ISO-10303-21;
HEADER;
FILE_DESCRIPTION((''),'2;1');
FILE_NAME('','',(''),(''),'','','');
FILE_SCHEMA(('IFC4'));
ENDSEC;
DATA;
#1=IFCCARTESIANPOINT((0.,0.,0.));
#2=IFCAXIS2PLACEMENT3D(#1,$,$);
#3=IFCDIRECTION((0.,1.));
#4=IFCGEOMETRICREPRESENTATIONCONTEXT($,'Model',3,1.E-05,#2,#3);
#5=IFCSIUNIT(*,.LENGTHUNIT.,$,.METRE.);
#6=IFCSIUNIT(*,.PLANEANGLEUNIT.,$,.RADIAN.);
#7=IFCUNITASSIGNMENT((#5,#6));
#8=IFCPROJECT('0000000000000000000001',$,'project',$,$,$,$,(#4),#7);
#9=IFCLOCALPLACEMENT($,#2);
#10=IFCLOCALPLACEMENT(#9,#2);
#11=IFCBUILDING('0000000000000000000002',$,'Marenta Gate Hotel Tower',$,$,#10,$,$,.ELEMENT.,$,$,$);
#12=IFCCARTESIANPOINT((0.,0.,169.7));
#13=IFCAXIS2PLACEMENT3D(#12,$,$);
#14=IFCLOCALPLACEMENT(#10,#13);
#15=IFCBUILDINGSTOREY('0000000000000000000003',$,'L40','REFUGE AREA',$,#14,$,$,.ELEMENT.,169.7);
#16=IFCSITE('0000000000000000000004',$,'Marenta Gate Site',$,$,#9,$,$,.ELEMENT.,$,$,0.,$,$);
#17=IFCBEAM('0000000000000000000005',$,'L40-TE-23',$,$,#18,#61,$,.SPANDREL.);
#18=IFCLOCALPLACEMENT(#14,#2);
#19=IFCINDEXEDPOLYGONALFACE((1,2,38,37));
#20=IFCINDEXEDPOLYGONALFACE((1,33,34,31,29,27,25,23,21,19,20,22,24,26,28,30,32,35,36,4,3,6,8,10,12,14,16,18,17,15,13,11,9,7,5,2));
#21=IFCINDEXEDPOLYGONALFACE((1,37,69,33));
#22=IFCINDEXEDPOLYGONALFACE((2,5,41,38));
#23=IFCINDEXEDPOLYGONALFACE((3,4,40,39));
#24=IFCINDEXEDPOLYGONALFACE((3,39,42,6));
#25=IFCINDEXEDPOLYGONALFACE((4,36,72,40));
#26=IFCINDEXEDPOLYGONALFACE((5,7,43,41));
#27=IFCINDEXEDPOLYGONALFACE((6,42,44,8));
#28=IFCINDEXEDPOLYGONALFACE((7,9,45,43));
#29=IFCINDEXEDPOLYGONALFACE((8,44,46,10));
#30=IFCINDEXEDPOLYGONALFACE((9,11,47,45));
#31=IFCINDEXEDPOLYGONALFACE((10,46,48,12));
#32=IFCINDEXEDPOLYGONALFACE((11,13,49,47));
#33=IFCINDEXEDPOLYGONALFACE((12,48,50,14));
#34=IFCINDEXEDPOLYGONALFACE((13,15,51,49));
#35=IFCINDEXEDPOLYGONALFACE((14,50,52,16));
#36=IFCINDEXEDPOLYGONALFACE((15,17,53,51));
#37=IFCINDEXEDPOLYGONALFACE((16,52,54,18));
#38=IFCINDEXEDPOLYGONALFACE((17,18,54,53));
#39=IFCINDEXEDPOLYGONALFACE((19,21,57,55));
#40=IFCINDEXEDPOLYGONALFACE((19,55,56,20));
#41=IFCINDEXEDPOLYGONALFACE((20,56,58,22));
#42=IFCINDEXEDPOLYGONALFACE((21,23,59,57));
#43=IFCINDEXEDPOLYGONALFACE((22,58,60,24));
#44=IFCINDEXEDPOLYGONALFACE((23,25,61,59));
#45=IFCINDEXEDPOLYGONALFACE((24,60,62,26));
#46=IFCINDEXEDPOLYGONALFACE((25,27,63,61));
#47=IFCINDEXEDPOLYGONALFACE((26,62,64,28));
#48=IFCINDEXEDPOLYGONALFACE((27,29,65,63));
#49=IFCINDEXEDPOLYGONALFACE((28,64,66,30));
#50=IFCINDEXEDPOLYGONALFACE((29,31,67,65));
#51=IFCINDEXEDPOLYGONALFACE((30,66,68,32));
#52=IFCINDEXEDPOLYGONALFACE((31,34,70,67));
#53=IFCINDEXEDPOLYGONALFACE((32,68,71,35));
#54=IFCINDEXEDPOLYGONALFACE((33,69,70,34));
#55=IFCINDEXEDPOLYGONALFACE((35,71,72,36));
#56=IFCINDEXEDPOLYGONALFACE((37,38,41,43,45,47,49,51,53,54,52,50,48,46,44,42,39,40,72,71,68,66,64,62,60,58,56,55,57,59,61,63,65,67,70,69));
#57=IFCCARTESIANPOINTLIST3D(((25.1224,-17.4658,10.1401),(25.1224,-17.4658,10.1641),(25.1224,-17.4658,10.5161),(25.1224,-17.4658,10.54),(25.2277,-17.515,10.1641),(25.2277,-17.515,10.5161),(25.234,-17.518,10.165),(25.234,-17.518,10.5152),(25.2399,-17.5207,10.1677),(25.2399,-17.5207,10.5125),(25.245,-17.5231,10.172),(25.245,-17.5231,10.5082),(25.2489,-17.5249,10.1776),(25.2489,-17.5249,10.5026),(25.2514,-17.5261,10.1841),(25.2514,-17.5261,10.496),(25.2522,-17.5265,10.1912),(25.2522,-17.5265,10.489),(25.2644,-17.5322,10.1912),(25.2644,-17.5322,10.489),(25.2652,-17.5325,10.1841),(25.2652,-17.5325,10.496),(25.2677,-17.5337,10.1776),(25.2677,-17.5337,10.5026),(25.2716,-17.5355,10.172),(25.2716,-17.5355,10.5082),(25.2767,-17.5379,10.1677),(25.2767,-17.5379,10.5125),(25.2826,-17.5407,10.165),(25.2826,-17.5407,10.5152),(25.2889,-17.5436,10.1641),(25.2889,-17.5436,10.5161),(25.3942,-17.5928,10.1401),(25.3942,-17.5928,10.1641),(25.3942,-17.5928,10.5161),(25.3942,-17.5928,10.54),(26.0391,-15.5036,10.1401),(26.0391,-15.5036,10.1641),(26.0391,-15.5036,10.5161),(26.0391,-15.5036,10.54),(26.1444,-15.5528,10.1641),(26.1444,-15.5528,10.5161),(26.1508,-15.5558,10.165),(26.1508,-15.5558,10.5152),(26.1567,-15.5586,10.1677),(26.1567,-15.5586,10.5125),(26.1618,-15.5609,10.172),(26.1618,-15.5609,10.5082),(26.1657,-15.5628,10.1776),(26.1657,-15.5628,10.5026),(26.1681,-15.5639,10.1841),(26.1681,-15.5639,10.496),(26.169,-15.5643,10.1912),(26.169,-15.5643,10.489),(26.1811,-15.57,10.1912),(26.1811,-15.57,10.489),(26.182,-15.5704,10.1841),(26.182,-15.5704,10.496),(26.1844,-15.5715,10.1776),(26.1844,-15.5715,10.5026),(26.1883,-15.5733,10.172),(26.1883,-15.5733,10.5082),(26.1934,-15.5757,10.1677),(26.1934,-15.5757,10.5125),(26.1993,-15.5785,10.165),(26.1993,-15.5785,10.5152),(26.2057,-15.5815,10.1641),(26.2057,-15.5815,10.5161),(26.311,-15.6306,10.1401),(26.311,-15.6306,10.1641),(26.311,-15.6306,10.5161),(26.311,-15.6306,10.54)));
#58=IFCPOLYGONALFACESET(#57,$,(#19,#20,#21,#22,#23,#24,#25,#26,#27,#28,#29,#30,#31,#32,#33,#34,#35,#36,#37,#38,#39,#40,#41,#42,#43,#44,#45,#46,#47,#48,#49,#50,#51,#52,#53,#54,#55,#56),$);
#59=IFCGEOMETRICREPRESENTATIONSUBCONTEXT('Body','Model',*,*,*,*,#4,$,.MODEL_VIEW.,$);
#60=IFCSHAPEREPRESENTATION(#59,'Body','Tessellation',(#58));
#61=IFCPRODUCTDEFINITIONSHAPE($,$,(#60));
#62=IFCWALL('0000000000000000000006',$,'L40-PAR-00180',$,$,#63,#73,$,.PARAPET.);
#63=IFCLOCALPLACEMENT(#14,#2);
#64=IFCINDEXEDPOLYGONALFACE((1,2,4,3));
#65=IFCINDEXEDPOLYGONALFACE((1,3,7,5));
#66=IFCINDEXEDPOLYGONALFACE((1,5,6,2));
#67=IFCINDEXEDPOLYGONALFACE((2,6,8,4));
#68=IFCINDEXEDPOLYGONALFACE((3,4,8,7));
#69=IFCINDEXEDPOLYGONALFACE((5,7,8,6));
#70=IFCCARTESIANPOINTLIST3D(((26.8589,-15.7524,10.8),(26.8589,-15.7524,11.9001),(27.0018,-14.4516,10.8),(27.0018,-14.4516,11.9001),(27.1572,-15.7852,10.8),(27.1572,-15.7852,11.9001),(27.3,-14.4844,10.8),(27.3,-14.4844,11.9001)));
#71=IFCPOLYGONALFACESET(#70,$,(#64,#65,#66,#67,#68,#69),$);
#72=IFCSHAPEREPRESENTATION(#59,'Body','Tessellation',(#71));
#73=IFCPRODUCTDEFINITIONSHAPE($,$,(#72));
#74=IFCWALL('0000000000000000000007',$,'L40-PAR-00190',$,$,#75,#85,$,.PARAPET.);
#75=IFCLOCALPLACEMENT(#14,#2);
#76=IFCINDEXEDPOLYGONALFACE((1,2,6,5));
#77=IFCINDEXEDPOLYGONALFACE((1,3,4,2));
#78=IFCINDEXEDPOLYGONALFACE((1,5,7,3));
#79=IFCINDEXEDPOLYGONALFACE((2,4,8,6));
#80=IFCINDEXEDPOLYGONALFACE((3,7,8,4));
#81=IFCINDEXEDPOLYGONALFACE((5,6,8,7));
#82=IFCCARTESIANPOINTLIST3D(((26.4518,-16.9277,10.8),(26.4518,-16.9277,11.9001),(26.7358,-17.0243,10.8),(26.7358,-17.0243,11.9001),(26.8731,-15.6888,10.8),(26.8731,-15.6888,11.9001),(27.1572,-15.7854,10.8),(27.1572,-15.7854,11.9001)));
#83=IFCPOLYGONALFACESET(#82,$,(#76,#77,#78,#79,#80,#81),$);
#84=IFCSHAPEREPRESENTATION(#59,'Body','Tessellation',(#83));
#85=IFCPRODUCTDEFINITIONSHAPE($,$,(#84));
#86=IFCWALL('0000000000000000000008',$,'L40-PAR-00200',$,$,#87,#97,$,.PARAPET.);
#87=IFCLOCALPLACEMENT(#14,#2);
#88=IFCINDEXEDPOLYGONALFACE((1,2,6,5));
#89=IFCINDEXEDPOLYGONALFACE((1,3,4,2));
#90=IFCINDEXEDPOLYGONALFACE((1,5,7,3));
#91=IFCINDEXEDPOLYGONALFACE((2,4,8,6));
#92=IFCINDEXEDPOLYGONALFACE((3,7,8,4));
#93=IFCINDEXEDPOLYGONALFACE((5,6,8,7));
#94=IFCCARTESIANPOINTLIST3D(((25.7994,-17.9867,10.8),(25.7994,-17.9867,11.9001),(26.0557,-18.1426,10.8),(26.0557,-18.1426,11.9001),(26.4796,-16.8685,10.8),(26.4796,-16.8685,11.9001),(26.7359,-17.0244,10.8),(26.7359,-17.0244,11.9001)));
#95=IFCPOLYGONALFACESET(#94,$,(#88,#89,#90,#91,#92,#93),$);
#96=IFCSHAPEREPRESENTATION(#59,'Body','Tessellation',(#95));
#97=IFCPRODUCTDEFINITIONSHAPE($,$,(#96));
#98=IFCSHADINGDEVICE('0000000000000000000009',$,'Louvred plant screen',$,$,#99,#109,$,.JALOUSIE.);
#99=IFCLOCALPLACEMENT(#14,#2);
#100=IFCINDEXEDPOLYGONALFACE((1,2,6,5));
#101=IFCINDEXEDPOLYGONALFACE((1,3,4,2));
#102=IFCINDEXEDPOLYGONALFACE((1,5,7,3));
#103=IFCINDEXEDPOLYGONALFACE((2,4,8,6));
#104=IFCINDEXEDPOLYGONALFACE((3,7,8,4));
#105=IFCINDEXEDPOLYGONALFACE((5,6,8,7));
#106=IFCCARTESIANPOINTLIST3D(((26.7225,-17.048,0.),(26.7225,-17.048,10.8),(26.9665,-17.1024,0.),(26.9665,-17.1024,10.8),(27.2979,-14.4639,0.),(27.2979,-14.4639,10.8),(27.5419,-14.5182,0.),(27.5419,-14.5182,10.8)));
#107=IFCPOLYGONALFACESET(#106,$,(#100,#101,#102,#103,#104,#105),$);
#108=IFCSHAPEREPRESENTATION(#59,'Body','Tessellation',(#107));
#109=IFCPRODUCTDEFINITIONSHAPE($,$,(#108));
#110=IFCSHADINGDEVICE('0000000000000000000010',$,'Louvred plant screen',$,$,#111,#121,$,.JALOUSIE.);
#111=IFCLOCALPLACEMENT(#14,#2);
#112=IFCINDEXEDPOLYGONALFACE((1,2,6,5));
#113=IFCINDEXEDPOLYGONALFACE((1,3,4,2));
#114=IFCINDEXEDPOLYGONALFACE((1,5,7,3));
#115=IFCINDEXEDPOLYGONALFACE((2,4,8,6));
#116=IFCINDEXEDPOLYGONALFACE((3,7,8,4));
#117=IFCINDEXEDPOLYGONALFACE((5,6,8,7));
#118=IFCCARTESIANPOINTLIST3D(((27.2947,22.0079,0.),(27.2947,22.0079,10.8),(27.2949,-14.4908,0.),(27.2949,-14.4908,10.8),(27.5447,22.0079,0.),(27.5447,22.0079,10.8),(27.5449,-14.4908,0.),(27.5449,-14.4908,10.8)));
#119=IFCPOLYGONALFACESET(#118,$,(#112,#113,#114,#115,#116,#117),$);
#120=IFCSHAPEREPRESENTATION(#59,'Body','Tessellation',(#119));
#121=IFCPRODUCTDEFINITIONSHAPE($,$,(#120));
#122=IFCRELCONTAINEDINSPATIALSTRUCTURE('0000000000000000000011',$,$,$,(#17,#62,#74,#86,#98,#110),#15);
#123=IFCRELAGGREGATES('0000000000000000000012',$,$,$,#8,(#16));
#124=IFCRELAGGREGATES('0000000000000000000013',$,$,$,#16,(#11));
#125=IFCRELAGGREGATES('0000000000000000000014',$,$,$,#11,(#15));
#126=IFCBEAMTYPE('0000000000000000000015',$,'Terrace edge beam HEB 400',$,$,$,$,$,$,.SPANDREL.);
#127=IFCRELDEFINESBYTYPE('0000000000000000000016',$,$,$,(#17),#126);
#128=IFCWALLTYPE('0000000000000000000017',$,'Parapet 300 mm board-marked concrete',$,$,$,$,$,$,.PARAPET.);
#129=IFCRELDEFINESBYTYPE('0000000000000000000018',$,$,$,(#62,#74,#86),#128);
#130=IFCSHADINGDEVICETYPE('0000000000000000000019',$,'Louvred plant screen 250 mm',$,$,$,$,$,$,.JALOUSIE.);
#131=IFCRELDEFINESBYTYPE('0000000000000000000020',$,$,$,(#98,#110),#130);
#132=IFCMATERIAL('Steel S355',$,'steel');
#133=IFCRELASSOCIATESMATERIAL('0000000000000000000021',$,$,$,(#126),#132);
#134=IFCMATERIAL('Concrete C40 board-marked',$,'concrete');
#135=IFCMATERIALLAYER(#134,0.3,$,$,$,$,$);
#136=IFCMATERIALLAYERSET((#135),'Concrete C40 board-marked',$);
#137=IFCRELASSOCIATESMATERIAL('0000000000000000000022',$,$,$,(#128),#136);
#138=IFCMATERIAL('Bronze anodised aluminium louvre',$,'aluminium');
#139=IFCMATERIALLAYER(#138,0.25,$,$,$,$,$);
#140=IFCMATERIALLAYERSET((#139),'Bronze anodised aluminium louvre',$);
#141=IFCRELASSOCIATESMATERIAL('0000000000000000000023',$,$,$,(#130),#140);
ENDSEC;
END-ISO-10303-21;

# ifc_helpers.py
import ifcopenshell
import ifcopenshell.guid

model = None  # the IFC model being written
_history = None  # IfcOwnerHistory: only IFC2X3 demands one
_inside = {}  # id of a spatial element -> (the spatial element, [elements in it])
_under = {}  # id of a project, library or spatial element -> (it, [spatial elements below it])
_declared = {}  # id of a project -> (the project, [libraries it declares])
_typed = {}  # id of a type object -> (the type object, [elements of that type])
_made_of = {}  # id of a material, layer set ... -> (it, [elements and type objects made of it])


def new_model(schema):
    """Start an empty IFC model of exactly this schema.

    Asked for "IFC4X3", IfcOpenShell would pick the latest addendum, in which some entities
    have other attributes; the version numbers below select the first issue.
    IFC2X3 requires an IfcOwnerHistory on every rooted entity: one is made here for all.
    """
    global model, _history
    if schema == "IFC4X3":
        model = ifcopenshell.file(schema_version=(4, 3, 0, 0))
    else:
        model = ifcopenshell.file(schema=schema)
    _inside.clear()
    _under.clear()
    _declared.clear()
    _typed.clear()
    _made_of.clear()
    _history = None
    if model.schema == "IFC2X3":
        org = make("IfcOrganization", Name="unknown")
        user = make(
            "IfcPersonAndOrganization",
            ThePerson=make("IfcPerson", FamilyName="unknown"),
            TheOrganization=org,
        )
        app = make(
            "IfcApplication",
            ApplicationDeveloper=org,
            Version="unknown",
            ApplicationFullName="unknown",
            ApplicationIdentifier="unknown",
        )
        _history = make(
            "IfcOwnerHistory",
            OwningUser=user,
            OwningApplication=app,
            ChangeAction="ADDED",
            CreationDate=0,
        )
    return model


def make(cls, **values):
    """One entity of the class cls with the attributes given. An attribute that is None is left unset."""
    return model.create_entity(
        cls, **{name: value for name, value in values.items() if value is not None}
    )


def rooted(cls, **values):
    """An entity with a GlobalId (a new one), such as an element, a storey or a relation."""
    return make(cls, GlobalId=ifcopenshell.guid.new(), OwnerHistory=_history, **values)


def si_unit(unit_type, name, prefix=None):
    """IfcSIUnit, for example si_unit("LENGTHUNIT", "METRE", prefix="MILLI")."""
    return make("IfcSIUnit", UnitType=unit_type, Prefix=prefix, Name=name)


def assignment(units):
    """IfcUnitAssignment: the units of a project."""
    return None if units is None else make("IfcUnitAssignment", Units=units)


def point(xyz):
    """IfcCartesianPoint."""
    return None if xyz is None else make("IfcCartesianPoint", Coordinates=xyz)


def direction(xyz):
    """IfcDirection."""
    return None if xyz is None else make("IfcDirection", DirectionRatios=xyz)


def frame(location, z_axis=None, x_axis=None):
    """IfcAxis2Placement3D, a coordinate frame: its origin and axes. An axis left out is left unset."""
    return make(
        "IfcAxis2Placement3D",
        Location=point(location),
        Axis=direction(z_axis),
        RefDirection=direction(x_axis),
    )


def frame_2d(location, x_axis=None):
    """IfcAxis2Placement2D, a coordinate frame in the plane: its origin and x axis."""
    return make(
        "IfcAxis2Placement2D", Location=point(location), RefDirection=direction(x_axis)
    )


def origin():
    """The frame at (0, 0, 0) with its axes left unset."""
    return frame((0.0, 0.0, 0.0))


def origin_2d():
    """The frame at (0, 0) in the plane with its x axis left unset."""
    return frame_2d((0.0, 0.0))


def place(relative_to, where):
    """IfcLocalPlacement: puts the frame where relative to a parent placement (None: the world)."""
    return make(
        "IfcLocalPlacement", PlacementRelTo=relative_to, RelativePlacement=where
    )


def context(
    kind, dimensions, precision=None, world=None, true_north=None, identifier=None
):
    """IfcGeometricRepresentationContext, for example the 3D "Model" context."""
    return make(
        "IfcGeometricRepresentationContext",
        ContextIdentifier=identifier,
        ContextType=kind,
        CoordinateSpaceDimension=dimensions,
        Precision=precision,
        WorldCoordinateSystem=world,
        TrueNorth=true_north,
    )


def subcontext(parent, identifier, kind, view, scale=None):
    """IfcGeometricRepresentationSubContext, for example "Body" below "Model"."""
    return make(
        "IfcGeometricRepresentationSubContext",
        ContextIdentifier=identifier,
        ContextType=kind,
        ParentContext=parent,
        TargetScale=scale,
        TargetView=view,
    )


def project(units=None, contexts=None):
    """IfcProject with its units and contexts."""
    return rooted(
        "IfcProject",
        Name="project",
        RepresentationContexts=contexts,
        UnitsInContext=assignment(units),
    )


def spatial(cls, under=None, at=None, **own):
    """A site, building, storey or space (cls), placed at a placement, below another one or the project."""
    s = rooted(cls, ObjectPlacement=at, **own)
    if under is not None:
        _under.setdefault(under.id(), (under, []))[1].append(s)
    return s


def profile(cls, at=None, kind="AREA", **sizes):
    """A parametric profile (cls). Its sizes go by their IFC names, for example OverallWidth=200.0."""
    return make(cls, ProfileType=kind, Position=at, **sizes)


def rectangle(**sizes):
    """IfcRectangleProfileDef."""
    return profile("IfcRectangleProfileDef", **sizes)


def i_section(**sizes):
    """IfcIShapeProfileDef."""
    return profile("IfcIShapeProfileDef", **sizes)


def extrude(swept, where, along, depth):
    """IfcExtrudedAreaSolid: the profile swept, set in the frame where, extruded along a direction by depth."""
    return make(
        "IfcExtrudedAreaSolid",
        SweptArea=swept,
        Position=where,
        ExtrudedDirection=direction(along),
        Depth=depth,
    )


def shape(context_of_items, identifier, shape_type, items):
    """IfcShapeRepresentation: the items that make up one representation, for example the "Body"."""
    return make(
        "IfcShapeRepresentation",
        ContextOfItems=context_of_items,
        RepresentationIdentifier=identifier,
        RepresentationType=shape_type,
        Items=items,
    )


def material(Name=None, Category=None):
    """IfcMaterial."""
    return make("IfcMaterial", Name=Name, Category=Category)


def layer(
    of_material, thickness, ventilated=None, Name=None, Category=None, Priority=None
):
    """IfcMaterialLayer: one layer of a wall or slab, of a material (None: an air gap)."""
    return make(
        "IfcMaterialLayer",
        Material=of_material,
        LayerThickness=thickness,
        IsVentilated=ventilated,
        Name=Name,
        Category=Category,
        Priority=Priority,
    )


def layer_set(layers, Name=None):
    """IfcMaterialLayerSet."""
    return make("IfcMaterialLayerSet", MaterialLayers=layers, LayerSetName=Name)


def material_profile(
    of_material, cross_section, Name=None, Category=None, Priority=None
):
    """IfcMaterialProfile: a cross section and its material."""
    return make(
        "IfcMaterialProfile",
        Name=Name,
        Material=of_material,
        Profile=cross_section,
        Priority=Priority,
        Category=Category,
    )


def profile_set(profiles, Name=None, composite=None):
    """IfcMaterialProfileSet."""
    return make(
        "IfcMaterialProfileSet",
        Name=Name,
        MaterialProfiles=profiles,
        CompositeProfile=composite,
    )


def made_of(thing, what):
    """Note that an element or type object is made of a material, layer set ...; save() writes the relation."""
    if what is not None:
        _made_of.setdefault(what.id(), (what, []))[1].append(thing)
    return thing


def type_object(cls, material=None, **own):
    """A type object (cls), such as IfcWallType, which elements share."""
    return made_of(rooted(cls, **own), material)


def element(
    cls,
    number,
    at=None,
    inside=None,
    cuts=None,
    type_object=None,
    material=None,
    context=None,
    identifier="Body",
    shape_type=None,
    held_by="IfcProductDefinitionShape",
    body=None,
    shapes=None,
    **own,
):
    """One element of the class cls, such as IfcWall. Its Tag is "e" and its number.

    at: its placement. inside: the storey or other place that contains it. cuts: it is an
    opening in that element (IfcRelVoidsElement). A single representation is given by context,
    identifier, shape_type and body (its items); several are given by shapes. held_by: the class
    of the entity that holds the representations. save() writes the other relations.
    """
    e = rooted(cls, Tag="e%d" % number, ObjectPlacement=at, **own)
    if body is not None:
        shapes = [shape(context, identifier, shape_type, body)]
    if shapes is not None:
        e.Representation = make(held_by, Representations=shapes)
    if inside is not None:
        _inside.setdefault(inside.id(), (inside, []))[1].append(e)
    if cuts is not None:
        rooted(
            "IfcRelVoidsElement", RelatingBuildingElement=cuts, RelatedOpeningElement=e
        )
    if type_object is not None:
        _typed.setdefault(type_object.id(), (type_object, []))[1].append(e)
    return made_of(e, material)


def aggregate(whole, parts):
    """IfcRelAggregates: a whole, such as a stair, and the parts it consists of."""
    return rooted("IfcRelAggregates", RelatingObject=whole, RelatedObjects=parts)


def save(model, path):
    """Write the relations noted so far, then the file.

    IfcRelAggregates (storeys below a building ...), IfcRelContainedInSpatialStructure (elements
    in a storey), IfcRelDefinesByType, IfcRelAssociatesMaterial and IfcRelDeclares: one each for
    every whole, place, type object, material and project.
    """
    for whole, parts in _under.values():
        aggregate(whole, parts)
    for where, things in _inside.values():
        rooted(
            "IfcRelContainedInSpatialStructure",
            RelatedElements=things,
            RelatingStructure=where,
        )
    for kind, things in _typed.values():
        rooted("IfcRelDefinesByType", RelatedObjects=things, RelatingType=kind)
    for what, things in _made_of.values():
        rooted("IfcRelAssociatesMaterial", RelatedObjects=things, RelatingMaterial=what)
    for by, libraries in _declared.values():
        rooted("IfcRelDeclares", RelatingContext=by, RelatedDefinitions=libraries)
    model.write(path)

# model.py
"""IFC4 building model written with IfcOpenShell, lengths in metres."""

from ifc_helpers import new_model, si_unit, direction, frame, frame_2d, origin, origin_2d, place, context, subcontext, project, spatial, rectangle, i_section, extrude, material, layer, layer_set, material_profile, profile_set, type_object, element, save


model = new_model("IFC4")

# Units and contexts
model_context = context("Model", 3, precision=1e-05, world=origin(), true_north=direction((0.0, 1.0)))
body_context = subcontext(model_context, "Body", "Model", "MODEL_VIEW")
ifc_project = project(units=[si_unit("LENGTHUNIT", "METRE"), si_unit("PLANEANGLEUNIT", "RADIAN")], contexts=[model_context])

# Site, building, storey
site_placement = place(None, origin())
site = spatial("IfcSite", under=ifc_project, at=site_placement, Name="Marenta Gate Site", CompositionType="ELEMENT", RefElevation=0.0)
building_placement = place(site_placement, origin())
building = spatial("IfcBuilding", under=site, at=building_placement, Name="Marenta Gate Hotel Tower", CompositionType="ELEMENT")
storey_placement = place(building_placement, frame((0.0, 0.0, 169.7)))
storey = spatial("IfcBuildingStorey", under=building, at=storey_placement, Name="L40", Description="REFUGE AREA", CompositionType="ELEMENT", Elevation=169.7)

# Beam
ifc_material_1 = material(Name="Steel S355", Category="steel")
ifc_material_profile_1 = material_profile(ifc_material_1, i_section(OverallWidth=0.3, OverallDepth=0.3999, WebThickness=0.0134, FlangeThickness=0.0239, FilletRadius=0.0271, at=origin_2d()), Name="HEB 400")
ifc_profile_set_1 = profile_set([ifc_material_profile_1], Name="Steel S355")
beam_type_1 = type_object("IfcBeamType", Name="Terrace edge beam HEB 400", PredefinedType="SPANDREL", material=ifc_profile_set_1)
beam_1_placement = place(storey_placement, frame((26.175, -15.5671, 10.3401), z_axis=(-0.423293, -0.905993, 0.0), x_axis=(0.905993, -0.423293, 0.0)))
element("IfcBeam", 1, at=beam_1_placement, inside=storey, type_object=beam_type_1, Name="L40-TE-23", PredefinedType="SPANDREL", context=body_context, shape_type="SweptSolid", body=[
    extrude(i_section(OverallWidth=0.3, OverallDepth=0.3999, WebThickness=0.0134, FlangeThickness=0.0239, FilletRadius=0.0271, at=origin_2d()), origin(), (0.0, 0.0, 1.0), 2.1658),
])

# Walls
ifc_material_2 = material(Name="Concrete C40 board-marked", Category="concrete")
ifc_layer_1 = layer(ifc_material_2, 0.3)
ifc_layer_set_1 = layer_set([ifc_layer_1], Name="Concrete C40 board-marked")
wall_type = type_object("IfcWallType", Name="Parapet 300 mm board-marked concrete", PredefinedType="PARAPET", material=ifc_layer_set_1)
for number, where, z_axis, x_axis, name in (
    (2, (27.1509, -14.468, 10.8), (0.0, 0.0, 1.0), (-0.109141, -0.994026, 0.0), "L40-PAR-00180"),
    (3, (27.0151, -15.7371, 10.8), (0.0, 0.0, 1.0), (-0.321986, -0.946744, 0.0), "L40-PAR-00190"),
):
    element("IfcWall", number, at=place(storey_placement, frame(where, z_axis=z_axis, x_axis=x_axis)), inside=storey, type_object=wall_type, Name=name, PredefinedType="PARAPET", context=body_context, shape_type="SweptSolid", body=[
        extrude(rectangle(XDim=1.3086, YDim=0.3, at=frame_2d((0.6543, 0.0))), origin(), (0.0, 0.0, 1.0), 1.1001),
    ])
wall_placement = place(storey_placement, frame((26.6077, -16.9465, 10.8), z_axis=(0.0, 0.0, 1.0), x_axis=(-0.519698, -0.85435, 0.0)))
element("IfcWall", 4, at=wall_placement, inside=storey, type_object=wall_type, Name="L40-PAR-00200", PredefinedType="PARAPET", context=body_context, shape_type="SweptSolid", body=[
    extrude(rectangle(XDim=1.3088, YDim=0.3, at=frame_2d((0.6543, 0.0))), origin(), (0.0, 0.0, 1.0), 1.1001),
])

# Shading devices
ifc_material_3 = material(Name="Bronze anodised aluminium louvre", Category="aluminium")
ifc_layer_2 = layer(ifc_material_3, 0.25)
ifc_layer_set_2 = layer_set([ifc_layer_2], Name="Bronze anodised aluminium louvre")
shading_device_type = type_object("IfcShadingDeviceType", Name="Louvred plant screen 250 mm", PredefinedType="JALOUSIE", material=ifc_layer_set_2)
shading_device_1_placement = place(storey_placement, frame((26.8445, -17.0752, 0.0), z_axis=(0.0, 0.0, 1.0), x_axis=(0.21735, 0.976094, 0.0)))
element("IfcShadingDevice", 5, at=shading_device_1_placement, inside=storey, type_object=shading_device_type, Name="Louvred plant screen", PredefinedType="JALOUSIE", context=body_context, shape_type="SweptSolid", body=[
    extrude(rectangle(XDim=2.6475, YDim=0.25, at=frame_2d((1.3237, 0.0))), origin(), (0.0, 0.0, 1.0), 10.8),
])
shading_device_2_placement = place(storey_placement, frame((27.4199, -14.491, 0.0), z_axis=(0.0, 0.0, 1.0), x_axis=(-0.000007, 1.0, 0.0)))
element("IfcShadingDevice", 6, at=shading_device_2_placement, inside=storey, type_object=shading_device_type, Name="Louvred plant screen", PredefinedType="JALOUSIE", context=body_context, shape_type="SweptSolid", body=[
    extrude(rectangle(XDim=36.4988, YDim=0.25, at=frame_2d((18.2495, 0.0))), origin(), (0.0, 0.0, 1.0), 10.8),
])

save(model, "model.ifc")
